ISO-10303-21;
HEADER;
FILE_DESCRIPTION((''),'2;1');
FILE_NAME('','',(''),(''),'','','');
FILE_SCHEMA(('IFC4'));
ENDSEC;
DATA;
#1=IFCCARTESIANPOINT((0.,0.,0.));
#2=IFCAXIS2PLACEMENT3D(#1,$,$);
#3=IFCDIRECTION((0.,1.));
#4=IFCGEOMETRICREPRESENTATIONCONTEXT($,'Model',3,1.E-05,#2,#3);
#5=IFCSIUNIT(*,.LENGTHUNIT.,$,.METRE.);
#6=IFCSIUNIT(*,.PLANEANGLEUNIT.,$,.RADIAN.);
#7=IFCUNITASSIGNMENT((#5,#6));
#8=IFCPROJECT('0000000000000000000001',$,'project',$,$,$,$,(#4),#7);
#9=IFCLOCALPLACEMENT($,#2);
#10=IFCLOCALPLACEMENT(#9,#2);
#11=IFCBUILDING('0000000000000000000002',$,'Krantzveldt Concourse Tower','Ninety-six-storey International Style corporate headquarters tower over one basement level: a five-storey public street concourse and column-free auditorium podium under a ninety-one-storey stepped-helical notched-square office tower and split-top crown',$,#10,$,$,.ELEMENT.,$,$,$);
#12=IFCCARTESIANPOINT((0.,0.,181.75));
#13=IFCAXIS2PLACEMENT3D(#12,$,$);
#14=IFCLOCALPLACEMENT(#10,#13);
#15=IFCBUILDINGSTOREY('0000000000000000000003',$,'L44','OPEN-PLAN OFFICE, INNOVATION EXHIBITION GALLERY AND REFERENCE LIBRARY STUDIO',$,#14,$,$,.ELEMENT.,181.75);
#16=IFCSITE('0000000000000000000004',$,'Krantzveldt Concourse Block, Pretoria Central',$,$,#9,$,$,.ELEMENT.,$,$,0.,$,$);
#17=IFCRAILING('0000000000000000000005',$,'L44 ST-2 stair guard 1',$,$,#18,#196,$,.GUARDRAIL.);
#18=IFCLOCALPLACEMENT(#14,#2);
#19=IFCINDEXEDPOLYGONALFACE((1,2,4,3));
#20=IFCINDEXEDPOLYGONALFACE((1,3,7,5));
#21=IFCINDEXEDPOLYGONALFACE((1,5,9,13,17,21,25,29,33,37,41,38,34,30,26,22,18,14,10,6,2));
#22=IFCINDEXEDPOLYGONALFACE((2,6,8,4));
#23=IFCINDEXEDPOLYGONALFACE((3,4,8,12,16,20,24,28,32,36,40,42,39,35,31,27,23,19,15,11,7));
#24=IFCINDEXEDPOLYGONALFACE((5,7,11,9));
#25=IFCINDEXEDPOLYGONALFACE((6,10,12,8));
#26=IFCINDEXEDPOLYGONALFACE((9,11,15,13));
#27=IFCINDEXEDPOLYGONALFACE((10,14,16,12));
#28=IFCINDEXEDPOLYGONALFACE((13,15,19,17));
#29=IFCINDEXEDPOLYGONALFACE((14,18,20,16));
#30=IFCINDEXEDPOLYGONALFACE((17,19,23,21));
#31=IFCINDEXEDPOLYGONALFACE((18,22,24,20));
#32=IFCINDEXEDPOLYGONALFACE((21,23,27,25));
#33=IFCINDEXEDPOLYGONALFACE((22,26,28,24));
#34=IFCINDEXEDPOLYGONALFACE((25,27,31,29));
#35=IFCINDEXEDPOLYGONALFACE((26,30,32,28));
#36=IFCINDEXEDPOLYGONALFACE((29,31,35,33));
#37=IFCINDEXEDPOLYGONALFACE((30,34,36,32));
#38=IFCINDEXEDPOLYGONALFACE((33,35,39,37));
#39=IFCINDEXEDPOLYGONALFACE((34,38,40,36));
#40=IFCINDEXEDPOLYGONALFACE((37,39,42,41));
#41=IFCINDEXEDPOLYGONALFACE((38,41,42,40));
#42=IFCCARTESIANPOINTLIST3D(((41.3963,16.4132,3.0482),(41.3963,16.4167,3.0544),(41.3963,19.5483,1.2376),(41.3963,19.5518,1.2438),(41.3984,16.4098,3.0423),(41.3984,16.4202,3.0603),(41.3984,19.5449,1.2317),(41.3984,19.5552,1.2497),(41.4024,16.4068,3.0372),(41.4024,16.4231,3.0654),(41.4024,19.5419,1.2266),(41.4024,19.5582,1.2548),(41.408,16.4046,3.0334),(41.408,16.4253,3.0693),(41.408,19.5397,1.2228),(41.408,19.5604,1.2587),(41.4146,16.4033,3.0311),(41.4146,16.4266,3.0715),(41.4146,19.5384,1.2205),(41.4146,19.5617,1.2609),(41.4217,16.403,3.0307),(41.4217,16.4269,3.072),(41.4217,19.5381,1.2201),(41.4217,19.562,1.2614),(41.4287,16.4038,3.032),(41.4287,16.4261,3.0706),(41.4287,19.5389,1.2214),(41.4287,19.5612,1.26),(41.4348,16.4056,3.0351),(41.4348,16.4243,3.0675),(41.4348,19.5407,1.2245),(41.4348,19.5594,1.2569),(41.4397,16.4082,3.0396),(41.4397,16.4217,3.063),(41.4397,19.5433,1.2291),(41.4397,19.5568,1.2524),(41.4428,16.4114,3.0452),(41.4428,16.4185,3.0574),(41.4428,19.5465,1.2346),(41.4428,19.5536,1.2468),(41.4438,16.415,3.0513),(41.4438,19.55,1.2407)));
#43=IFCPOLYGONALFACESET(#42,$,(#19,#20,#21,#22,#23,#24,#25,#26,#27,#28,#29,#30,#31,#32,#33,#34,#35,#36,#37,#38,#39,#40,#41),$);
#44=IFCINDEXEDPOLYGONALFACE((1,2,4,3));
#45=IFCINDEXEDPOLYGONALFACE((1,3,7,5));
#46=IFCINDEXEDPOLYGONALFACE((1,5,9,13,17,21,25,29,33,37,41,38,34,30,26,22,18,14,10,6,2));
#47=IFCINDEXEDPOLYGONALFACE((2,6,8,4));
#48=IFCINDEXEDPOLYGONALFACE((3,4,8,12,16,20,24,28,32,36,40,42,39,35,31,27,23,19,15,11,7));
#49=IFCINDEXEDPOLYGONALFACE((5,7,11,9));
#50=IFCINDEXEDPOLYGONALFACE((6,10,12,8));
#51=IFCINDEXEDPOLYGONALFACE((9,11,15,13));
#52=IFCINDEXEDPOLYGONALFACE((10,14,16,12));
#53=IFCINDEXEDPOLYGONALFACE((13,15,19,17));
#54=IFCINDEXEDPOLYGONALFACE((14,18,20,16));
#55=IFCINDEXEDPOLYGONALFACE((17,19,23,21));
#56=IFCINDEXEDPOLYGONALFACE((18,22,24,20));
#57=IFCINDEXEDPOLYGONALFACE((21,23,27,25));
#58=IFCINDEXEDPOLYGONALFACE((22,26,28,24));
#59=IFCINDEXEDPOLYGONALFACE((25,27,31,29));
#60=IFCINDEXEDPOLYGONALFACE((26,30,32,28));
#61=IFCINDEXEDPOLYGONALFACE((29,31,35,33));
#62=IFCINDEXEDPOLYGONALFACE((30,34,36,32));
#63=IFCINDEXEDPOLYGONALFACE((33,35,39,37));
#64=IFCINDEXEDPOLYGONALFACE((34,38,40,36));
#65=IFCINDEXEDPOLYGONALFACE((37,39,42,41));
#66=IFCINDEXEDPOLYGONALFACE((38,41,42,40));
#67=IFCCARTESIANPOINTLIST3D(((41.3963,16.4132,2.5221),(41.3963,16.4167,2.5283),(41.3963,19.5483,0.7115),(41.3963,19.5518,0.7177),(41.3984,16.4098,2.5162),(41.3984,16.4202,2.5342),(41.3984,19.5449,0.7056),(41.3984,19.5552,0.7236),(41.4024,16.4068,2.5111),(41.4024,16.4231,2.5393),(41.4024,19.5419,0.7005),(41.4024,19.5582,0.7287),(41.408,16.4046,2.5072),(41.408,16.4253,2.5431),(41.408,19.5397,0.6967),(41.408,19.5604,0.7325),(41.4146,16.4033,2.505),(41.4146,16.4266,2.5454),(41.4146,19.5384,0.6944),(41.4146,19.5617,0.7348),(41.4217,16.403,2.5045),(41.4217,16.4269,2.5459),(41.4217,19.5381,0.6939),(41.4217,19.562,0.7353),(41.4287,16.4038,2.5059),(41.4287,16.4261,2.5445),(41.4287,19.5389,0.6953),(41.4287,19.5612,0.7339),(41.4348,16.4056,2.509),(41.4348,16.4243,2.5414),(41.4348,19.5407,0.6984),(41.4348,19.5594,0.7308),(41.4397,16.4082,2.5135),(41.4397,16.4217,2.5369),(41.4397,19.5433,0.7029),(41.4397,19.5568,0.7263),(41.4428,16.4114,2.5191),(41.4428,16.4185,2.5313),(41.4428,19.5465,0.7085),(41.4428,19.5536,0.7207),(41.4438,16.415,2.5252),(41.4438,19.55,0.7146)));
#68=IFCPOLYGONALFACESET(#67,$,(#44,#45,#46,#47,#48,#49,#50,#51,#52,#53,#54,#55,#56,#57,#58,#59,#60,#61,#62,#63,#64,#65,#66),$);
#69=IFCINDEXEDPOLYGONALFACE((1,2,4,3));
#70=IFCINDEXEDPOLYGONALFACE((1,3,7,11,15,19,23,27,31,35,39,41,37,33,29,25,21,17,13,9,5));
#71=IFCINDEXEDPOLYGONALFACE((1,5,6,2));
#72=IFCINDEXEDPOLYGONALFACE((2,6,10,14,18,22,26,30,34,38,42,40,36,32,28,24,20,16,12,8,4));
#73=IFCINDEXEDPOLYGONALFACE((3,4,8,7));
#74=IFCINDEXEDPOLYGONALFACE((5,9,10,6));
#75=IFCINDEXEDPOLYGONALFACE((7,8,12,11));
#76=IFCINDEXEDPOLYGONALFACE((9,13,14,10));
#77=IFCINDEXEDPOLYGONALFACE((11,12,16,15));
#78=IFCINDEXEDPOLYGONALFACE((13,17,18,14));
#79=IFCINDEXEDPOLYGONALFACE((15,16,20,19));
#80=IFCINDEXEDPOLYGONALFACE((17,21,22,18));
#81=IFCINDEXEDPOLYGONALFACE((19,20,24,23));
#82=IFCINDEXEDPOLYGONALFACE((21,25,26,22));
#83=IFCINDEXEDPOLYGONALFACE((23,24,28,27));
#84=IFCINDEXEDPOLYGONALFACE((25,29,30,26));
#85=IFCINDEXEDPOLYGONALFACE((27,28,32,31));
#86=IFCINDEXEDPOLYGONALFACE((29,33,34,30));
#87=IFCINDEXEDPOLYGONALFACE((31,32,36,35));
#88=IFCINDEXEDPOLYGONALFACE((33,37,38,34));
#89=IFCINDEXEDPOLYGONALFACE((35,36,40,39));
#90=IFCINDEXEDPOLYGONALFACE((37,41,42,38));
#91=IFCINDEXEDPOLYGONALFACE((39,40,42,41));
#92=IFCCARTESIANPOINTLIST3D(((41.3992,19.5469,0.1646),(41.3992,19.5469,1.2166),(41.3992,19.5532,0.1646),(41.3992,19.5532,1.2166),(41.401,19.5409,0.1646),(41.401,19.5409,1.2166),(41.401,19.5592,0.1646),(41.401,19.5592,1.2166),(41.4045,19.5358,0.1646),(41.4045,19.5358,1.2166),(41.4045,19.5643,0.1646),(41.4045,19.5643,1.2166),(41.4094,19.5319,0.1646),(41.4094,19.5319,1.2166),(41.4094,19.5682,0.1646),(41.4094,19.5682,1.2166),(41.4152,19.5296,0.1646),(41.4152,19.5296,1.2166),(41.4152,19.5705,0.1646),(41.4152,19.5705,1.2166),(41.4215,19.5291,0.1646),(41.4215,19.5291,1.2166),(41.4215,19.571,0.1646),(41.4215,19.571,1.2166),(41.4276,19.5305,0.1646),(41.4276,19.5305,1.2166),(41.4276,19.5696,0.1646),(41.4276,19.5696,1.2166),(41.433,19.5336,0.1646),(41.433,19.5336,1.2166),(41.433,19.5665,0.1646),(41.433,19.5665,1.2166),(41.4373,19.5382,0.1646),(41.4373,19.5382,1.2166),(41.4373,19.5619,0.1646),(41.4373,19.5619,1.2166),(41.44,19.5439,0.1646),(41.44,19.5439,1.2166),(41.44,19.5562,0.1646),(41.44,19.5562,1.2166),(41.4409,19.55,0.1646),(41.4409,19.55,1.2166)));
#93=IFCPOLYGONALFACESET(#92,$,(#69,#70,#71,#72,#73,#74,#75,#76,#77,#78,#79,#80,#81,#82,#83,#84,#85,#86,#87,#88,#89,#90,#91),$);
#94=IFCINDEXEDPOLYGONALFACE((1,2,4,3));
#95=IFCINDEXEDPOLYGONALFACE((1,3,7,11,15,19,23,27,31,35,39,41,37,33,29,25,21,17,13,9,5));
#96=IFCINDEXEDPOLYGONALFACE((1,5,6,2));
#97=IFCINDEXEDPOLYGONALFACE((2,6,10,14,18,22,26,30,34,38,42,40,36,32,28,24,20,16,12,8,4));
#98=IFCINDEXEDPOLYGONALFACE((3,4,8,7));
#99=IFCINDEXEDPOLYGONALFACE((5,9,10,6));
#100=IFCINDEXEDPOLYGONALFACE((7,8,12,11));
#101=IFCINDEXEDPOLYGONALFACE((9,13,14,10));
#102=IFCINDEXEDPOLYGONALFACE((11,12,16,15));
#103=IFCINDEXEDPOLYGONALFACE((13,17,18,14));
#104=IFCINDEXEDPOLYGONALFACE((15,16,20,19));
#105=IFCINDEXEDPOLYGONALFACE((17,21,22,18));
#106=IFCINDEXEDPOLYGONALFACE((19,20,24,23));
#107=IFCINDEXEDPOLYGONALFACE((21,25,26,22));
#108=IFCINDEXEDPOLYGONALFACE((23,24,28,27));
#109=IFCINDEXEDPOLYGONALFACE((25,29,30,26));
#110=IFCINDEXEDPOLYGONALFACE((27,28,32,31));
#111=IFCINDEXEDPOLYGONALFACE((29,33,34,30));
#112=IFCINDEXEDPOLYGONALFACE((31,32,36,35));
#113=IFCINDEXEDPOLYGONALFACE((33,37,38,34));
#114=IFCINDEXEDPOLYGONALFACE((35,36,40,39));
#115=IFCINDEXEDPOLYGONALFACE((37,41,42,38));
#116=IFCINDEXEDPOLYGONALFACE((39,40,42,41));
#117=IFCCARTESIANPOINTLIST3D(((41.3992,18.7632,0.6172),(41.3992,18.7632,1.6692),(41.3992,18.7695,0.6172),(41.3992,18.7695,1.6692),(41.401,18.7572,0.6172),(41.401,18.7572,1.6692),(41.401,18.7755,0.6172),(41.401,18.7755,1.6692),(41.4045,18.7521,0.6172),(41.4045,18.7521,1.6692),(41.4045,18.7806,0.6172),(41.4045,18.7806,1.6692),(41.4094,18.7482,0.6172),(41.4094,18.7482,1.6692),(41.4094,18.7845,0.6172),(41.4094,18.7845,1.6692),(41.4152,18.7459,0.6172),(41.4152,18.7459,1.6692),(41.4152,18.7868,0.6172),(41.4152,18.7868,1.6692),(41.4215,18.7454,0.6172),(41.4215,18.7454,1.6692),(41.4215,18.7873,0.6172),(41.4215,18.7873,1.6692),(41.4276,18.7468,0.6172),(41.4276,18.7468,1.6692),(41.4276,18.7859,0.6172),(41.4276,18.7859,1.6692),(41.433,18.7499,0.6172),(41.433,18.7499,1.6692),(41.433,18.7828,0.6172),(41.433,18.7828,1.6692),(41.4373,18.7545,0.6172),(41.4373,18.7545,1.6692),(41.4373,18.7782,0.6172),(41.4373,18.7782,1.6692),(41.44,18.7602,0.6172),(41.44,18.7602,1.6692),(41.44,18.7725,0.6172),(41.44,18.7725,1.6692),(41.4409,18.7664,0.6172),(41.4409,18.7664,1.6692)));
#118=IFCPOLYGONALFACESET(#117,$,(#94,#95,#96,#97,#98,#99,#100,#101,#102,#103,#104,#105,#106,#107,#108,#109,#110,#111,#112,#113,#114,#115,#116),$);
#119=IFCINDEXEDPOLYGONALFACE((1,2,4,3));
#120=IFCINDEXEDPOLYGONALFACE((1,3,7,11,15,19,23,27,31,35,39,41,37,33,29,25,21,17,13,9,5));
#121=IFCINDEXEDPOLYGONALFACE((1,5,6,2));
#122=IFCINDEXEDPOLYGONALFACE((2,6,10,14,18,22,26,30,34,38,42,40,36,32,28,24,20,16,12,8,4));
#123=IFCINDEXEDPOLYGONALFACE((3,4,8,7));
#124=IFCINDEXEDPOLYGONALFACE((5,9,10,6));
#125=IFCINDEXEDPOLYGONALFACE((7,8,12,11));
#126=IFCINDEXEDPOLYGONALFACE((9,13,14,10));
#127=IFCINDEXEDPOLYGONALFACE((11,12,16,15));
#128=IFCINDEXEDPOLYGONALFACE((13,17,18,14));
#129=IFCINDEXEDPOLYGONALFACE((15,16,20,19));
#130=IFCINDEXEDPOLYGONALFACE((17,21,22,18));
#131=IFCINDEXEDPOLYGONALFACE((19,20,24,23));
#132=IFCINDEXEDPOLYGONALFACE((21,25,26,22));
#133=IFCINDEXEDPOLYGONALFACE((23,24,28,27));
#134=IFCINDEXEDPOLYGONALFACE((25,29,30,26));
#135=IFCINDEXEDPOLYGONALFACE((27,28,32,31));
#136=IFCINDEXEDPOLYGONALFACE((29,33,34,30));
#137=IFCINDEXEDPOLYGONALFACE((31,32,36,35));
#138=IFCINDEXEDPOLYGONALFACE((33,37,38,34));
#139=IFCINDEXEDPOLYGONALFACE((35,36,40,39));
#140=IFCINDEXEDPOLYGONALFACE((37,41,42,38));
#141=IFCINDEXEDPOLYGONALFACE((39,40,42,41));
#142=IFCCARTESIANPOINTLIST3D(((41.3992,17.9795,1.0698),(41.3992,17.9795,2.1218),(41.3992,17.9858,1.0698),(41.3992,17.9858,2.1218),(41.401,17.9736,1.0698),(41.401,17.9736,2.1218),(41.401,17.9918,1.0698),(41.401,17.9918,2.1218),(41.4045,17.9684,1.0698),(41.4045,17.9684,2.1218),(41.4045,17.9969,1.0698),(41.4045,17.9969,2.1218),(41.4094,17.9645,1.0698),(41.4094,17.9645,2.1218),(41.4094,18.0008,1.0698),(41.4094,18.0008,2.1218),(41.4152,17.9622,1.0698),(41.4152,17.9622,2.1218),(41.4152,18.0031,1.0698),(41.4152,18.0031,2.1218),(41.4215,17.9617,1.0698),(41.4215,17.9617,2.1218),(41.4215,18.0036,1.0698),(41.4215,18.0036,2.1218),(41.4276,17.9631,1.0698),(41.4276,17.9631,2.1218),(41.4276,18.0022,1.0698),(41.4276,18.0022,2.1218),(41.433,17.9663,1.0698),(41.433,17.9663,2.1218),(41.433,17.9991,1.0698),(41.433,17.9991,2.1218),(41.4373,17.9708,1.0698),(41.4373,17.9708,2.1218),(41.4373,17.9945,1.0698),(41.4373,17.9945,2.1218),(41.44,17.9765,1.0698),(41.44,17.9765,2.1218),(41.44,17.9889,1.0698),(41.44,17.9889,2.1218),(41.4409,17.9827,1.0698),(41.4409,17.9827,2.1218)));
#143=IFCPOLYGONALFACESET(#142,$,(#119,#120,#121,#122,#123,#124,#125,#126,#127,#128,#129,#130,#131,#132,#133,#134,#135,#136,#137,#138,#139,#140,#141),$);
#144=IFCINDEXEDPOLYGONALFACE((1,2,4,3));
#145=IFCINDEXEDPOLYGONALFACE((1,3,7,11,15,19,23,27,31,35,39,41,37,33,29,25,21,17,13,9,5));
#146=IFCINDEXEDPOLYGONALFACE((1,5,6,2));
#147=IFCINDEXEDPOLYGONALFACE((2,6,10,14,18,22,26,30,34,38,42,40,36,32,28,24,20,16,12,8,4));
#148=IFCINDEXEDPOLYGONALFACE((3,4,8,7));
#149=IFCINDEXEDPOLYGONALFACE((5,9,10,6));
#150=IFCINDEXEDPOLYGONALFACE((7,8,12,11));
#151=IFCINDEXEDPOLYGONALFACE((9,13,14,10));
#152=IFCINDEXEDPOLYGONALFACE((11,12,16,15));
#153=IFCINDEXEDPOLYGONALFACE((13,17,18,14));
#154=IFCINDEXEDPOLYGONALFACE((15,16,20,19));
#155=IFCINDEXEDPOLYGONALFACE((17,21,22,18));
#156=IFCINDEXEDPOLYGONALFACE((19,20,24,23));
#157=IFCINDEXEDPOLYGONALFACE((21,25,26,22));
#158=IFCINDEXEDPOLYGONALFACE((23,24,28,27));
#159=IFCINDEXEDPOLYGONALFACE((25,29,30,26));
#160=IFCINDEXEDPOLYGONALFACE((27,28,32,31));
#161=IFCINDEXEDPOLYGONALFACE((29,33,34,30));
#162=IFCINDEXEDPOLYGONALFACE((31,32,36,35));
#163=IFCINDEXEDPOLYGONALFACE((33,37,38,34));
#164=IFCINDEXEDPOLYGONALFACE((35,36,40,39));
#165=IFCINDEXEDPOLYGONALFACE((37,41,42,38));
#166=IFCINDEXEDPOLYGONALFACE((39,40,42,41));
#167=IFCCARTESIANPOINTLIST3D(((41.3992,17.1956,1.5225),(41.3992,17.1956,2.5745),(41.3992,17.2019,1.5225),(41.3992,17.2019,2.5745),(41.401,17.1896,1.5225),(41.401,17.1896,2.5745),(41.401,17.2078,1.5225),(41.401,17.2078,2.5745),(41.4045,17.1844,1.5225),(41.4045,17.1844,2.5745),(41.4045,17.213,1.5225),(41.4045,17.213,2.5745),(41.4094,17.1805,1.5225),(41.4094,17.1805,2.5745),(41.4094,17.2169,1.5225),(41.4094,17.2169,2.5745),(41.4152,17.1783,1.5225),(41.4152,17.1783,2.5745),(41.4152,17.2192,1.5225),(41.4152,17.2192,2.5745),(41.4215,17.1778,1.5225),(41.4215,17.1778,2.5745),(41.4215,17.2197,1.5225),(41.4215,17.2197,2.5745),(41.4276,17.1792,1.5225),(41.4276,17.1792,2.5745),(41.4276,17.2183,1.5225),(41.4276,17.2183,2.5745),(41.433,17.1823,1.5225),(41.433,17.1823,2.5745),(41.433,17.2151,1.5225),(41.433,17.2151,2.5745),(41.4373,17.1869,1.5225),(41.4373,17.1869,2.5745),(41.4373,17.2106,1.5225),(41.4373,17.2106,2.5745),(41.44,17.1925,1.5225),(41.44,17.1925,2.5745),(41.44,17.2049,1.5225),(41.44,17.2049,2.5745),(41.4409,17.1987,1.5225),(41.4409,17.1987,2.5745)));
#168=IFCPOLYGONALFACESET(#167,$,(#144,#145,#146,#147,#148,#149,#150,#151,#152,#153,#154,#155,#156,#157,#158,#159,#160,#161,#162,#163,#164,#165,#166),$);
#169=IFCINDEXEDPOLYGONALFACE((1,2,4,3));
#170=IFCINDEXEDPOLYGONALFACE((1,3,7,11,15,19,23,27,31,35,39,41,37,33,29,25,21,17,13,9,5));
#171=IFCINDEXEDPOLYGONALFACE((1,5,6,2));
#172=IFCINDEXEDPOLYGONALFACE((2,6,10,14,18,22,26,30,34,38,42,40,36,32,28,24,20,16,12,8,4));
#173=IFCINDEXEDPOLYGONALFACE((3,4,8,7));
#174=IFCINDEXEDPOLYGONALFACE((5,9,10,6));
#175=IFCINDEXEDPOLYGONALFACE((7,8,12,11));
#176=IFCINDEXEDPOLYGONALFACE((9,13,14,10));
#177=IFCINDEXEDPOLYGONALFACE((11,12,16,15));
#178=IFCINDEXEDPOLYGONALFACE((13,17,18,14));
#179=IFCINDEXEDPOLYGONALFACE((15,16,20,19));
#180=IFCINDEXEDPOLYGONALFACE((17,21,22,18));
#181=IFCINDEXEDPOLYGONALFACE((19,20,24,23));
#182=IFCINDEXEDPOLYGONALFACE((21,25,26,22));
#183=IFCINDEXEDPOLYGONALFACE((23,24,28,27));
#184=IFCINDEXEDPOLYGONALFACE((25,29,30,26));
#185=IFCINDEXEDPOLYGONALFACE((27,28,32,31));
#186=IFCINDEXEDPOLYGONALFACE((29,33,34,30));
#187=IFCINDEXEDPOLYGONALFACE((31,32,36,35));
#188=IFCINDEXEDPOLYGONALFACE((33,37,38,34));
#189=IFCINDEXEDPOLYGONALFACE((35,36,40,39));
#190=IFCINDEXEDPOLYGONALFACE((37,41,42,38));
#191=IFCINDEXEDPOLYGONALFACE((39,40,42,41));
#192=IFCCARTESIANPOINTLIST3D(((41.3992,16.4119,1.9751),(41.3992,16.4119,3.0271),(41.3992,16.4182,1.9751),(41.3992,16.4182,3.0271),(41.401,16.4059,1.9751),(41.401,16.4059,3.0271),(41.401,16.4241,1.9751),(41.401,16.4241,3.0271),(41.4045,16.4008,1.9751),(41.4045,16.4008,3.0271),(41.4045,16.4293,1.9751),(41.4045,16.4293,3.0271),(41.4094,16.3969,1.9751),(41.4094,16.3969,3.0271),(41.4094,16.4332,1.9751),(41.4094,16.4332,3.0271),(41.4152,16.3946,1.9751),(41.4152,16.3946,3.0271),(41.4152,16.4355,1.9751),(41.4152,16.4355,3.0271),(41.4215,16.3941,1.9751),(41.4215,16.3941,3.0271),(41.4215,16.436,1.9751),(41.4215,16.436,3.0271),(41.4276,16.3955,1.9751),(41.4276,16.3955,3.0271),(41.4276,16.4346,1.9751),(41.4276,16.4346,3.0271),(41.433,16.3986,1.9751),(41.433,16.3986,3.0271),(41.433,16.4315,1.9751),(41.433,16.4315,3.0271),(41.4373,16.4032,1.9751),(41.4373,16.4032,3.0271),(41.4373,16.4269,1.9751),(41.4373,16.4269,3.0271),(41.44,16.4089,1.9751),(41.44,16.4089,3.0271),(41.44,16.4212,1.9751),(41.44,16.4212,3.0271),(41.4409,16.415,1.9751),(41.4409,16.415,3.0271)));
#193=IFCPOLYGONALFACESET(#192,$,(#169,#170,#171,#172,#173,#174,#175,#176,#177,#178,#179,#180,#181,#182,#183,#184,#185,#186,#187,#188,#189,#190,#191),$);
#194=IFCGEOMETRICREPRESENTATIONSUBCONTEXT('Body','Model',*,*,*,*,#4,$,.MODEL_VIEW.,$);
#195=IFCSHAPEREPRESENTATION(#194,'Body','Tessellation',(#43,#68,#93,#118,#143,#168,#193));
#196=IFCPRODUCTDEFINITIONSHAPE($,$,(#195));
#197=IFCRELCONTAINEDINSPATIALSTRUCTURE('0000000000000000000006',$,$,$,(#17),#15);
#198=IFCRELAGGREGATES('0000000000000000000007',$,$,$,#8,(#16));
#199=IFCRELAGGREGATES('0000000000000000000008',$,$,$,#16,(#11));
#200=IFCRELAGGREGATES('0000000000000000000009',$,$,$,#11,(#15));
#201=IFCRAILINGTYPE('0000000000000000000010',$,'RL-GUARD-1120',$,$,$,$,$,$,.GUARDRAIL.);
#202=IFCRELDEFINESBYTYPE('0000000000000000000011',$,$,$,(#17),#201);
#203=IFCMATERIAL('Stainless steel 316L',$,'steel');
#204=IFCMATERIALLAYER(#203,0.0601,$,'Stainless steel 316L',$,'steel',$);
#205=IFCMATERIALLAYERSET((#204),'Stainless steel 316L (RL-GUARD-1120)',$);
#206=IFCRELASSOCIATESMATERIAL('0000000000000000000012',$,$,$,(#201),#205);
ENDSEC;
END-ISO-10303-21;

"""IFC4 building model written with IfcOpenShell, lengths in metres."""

from ifc_helpers import new_model, si_unit, direction, frame, origin, origin_2d, place, context, subcontext, project, spatial, circle, extrude, material, layer, layer_set, type_object, element, save


model = new_model("IFC4")

# Units and contexts
model_context = context("Model", 3, precision=1e-05, world=origin(), true_north=direction((0.0, 1.0)))
body_context = subcontext(model_context, "Body", "Model", "MODEL_VIEW")
ifc_project = project(units=[si_unit("LENGTHUNIT", "METRE"), si_unit("PLANEANGLEUNIT", "RADIAN")], contexts=[model_context])

# Site, building, storey
site_placement = place(None, origin())
site = spatial("IfcSite", under=ifc_project, at=site_placement, Name="Krantzveldt Concourse Block, Pretoria Central", CompositionType="ELEMENT", RefElevation=0.0)
building_placement = place(site_placement, origin())
building = spatial("IfcBuilding", under=site, at=building_placement, Name="Krantzveldt Concourse Tower", Description="Ninety-six-storey International Style corporate headquarters tower over one basement level: a five-storey public street concourse and column-free auditorium podium under a ninety-one-storey stepped-helical notched-square office tower and split-top crown", CompositionType="ELEMENT")
storey_placement = place(building_placement, frame((0.0, 0.0, 181.75)))
storey = spatial("IfcBuildingStorey", under=building, at=storey_placement, Name="L44", Description="OPEN-PLAN OFFICE, INNOVATION EXHIBITION GALLERY AND REFERENCE LIBRARY STUDIO", CompositionType="ELEMENT", Elevation=181.75)

# Shared definitions
ifc_material_1 = material(Name="Stainless steel 316L", Category="steel")

# Railing
ifc_layer_1 = layer(ifc_material_1, 0.0601, Name="Stainless steel 316L", Category="steel")
ifc_layer_set_1 = layer_set([ifc_layer_1], Name="Stainless steel 316L (RL-GUARD-1120)")
railing_type_1 = type_object("IfcRailingType", Name="RL-GUARD-1120", PredefinedType="GUARDRAIL", material=ifc_layer_set_1)
railing_1_placement = place(storey_placement, frame((41.4199, 19.55, 0.1646)))
element("IfcRailing", 1, at=railing_1_placement, inside=storey, type_object=railing_type_1, Name="L44 ST-2 stair guard 1", PredefinedType="GUARDRAIL", context=body_context, shape_type="SweptSolid", body=[
    extrude(circle(Radius=0.0239, at=origin_2d()), frame((0.0, 0.0, 1.0762), z_axis=(0.0, -0.86596, 0.500114), x_axis=(1.0, 0.0, 0.0)), (0.0, 0.0, 1.0), 3.6204),
    extrude(circle(Radius=0.0239, at=origin_2d()), frame((0.0, 0.0, 0.55), z_axis=(0.0, -0.86596, 0.500114), x_axis=(1.0, 0.0, 0.0)), (0.0, 0.0, 1.0), 3.6204),
    extrude(circle(Radius=0.021, at=origin_2d()), origin(), (0.0, 0.0, 1.0), 1.052),
    extrude(circle(Radius=0.021, at=origin_2d()), frame((0.0, -0.7837, 0.4526)), (0.0, 0.0, 1.0), 1.052),
    extrude(circle(Radius=0.021, at=origin_2d()), frame((0.0, -1.5674, 0.9053)), (0.0, 0.0, 1.0), 1.052),
    extrude(circle(Radius=0.021, at=origin_2d()), frame((0.0, -2.3513, 1.3579)), (0.0, 0.0, 1.0), 1.052),
    extrude(circle(Radius=0.021, at=origin_2d()), frame((0.0, -3.135, 1.8105)), (0.0, 0.0, 1.0), 1.052),
])

save(model, "model.ifc")
